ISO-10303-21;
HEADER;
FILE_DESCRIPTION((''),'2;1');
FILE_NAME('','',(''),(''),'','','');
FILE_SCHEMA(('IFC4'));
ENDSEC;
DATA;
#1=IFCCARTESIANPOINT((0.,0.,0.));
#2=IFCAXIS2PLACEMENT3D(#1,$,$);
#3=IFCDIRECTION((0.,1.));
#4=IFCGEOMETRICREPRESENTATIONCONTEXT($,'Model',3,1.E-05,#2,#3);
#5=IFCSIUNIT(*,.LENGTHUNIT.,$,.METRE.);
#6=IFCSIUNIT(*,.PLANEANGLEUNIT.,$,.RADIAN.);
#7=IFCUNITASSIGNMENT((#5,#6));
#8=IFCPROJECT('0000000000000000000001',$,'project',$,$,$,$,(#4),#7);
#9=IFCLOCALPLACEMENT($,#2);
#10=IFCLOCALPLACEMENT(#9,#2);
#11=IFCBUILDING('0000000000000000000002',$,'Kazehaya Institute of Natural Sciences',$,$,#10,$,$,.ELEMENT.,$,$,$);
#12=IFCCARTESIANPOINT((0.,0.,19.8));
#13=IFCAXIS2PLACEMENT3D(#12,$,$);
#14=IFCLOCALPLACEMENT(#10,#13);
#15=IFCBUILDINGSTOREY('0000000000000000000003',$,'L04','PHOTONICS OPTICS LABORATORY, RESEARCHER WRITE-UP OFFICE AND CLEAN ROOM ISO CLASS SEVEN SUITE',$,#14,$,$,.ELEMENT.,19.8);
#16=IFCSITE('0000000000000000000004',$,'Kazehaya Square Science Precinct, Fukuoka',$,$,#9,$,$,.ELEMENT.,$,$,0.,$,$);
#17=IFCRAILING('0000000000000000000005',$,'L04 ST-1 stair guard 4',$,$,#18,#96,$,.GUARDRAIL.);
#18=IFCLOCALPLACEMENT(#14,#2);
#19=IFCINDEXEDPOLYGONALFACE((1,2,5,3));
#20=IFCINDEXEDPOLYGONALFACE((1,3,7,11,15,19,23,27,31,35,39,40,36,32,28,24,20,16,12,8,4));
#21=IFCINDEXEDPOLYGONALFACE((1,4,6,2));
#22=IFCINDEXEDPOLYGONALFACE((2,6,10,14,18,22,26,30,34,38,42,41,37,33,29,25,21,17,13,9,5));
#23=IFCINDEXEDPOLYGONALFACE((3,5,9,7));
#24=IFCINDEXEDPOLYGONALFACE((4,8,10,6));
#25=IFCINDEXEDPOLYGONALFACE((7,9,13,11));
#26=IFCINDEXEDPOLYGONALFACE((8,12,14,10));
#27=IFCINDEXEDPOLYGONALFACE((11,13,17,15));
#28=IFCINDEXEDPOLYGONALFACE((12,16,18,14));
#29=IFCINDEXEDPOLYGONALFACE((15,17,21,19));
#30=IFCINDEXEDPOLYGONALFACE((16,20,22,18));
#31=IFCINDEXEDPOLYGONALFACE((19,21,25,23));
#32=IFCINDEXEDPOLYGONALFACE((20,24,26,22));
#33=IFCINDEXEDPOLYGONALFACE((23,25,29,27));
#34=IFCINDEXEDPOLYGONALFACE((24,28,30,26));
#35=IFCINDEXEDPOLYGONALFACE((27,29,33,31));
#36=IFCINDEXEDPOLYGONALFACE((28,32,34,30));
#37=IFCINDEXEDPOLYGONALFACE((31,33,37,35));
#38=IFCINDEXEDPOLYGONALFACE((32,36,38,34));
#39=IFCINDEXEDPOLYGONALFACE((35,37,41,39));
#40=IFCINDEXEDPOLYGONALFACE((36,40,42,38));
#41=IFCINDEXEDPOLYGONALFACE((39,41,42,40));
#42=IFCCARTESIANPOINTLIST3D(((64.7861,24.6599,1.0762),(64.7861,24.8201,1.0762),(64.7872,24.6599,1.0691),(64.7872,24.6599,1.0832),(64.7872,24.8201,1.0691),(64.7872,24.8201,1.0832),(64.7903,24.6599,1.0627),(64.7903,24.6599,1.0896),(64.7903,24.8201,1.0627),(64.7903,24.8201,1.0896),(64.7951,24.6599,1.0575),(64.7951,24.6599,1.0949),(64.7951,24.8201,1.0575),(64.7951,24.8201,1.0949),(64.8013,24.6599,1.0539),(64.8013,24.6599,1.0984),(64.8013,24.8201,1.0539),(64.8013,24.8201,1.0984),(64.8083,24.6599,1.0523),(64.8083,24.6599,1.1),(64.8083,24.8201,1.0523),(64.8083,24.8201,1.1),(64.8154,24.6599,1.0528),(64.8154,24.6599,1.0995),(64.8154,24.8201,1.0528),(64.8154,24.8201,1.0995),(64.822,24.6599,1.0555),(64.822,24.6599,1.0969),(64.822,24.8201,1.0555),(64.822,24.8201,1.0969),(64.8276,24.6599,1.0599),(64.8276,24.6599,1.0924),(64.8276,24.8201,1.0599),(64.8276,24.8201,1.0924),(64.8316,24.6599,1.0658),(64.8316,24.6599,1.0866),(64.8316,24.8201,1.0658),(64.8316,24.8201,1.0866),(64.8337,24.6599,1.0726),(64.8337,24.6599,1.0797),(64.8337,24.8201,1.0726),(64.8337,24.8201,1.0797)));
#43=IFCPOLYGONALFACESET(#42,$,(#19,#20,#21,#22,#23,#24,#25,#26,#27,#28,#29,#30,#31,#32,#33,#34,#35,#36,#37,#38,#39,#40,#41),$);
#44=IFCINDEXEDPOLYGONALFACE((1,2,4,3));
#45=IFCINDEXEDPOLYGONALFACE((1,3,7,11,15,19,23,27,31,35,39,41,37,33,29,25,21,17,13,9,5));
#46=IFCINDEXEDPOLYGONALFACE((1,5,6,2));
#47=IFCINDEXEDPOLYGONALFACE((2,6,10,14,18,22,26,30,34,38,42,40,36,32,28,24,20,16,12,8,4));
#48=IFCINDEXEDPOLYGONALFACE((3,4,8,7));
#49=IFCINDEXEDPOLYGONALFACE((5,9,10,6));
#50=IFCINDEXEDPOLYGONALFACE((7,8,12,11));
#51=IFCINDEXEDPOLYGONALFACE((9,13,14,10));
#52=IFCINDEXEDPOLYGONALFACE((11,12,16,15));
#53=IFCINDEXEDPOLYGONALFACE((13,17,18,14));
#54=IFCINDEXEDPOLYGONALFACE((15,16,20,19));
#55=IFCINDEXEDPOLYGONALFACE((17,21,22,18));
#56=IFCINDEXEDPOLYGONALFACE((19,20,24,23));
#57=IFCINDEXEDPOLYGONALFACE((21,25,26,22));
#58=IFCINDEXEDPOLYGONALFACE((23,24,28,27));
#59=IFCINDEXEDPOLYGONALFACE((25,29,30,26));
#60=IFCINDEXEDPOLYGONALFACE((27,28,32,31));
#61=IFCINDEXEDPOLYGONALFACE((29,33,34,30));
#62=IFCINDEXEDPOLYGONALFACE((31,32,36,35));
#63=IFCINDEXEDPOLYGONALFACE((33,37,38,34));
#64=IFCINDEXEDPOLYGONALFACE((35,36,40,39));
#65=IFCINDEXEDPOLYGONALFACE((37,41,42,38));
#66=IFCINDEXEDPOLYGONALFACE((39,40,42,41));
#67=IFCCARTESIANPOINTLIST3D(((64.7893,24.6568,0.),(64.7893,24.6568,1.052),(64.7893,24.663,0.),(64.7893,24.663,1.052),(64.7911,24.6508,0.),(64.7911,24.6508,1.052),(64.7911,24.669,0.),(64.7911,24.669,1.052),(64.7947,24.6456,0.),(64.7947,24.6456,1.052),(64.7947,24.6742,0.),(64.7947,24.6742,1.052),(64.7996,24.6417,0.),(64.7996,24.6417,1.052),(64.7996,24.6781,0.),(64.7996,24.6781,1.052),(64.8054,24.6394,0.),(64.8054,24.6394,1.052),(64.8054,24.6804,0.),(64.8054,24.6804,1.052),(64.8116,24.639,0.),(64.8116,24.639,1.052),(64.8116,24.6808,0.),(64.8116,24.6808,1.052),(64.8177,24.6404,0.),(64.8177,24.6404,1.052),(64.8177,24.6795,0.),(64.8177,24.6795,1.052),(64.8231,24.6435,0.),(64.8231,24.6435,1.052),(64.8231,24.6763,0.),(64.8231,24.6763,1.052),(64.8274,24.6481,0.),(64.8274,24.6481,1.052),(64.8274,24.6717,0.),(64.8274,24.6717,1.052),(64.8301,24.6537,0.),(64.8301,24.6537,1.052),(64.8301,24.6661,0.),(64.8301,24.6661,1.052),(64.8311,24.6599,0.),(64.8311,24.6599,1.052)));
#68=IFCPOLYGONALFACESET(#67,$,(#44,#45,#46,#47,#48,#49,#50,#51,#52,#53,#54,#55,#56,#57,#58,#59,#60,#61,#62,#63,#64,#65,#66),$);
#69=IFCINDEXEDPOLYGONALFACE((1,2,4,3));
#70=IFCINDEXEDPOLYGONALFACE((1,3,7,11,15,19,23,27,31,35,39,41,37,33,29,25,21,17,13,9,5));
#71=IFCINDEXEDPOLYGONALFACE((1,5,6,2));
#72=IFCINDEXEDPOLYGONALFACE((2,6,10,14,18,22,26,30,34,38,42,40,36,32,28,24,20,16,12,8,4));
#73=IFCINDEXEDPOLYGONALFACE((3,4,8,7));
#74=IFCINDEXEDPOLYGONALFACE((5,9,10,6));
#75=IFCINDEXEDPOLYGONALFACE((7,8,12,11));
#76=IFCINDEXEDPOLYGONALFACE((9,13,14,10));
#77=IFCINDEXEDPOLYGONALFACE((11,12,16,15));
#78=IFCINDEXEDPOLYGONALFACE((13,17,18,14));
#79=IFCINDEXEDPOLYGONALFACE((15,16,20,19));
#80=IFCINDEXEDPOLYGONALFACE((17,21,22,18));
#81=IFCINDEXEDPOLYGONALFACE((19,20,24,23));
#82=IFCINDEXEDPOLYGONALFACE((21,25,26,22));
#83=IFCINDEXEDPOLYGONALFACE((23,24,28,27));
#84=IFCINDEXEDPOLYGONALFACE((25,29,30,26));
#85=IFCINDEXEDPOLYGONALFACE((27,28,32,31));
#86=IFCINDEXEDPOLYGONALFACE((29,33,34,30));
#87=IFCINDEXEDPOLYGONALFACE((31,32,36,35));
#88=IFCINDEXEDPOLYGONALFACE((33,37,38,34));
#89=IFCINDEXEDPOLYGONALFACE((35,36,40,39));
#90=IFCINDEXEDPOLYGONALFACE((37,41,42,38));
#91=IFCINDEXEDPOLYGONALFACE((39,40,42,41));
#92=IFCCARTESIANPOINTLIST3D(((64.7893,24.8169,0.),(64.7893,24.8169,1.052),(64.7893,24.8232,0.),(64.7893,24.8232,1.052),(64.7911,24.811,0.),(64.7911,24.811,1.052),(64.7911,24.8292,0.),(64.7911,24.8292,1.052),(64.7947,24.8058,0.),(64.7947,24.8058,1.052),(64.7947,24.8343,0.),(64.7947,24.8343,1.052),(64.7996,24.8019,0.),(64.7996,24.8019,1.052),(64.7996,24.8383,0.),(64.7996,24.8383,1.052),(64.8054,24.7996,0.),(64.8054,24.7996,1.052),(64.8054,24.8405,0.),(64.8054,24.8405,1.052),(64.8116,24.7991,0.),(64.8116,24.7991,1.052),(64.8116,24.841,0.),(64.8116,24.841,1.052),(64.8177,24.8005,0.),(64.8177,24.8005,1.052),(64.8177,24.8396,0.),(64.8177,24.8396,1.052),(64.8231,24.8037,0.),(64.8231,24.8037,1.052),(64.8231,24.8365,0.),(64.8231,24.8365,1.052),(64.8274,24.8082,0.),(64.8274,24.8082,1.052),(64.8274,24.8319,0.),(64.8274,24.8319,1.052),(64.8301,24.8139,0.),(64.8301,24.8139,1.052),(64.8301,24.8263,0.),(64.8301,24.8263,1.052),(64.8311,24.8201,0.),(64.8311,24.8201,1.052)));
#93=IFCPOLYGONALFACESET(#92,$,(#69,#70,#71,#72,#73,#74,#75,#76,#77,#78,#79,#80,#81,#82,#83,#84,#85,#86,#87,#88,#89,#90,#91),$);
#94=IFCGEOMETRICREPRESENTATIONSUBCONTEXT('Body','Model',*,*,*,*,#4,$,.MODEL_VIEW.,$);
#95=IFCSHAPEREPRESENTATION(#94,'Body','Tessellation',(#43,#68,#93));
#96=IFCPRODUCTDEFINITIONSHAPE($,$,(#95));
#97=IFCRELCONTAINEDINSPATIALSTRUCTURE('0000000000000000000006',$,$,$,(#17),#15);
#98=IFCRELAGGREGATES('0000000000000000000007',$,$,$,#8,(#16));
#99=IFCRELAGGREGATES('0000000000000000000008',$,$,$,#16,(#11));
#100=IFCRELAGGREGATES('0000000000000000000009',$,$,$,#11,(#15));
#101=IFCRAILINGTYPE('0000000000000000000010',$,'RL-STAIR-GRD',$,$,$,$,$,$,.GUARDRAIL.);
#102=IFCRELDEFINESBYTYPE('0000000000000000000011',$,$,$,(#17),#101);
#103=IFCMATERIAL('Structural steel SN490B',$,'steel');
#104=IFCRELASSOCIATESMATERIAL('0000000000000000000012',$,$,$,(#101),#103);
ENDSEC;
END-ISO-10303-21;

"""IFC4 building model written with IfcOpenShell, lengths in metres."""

from ifc_helpers import new_model, si_unit, direction, frame, origin, origin_2d, place, context, subcontext, project, spatial, circle, extrude, material, type_object, element, save


model = new_model("IFC4")

# Units and contexts
model_context = context("Model", 3, precision=1e-05, world=origin(), true_north=direction((0.0, 1.0)))
body_context = subcontext(model_context, "Body", "Model", "MODEL_VIEW")
ifc_project = project(units=[si_unit("LENGTHUNIT", "METRE"), si_unit("PLANEANGLEUNIT", "RADIAN")], contexts=[model_context])

# Site, building, storey
site_placement = place(None, origin())
site = spatial("IfcSite", under=ifc_project, at=site_placement, Name="Kazehaya Square Science Precinct, Fukuoka", CompositionType="ELEMENT", RefElevation=0.0)
building_placement = place(site_placement, origin())
building = spatial("IfcBuilding", under=site, at=building_placement, Name="Kazehaya Institute of Natural Sciences", CompositionType="ELEMENT")
storey_placement = place(building_placement, frame((0.0, 0.0, 19.8)))
storey = spatial("IfcBuildingStorey", under=building, at=storey_placement, Name="L04", Description="PHOTONICS OPTICS LABORATORY, RESEARCHER WRITE-UP OFFICE AND CLEAN ROOM ISO CLASS SEVEN SUITE", CompositionType="ELEMENT", Elevation=19.8)

# Shared definitions
ifc_material_1 = material(Name="Structural steel SN490B", Category="steel")

# Railing
railing_type_1 = type_object("IfcRailingType", Name="RL-STAIR-GRD", PredefinedType="GUARDRAIL", material=ifc_material_1)
railing_1_placement = place(storey_placement, frame((64.8101, 24.6599, 0.0)))
element("IfcRailing", 1, at=railing_1_placement, inside=storey, type_object=railing_type_1, Name="L04 ST-1 stair guard 4", PredefinedType="GUARDRAIL", context=body_context, shape_type="SweptSolid", body=[
    extrude(circle(Radius=0.0239, at=origin_2d()), frame((0.0, 0.0, 1.0762), z_axis=(0.0, 1.0, 0.0), x_axis=(-1.0, 0.0, 0.0)), (0.0, 0.0, 1.0), 0.1602),
    extrude(circle(Radius=0.021, at=origin_2d()), origin(), (0.0, 0.0, 1.0), 1.052),
    extrude(circle(Radius=0.021, at=origin_2d()), frame((0.0, 0.1602, 0.0)), (0.0, 0.0, 1.0), 1.052),
])

save(model, "model.ifc")
